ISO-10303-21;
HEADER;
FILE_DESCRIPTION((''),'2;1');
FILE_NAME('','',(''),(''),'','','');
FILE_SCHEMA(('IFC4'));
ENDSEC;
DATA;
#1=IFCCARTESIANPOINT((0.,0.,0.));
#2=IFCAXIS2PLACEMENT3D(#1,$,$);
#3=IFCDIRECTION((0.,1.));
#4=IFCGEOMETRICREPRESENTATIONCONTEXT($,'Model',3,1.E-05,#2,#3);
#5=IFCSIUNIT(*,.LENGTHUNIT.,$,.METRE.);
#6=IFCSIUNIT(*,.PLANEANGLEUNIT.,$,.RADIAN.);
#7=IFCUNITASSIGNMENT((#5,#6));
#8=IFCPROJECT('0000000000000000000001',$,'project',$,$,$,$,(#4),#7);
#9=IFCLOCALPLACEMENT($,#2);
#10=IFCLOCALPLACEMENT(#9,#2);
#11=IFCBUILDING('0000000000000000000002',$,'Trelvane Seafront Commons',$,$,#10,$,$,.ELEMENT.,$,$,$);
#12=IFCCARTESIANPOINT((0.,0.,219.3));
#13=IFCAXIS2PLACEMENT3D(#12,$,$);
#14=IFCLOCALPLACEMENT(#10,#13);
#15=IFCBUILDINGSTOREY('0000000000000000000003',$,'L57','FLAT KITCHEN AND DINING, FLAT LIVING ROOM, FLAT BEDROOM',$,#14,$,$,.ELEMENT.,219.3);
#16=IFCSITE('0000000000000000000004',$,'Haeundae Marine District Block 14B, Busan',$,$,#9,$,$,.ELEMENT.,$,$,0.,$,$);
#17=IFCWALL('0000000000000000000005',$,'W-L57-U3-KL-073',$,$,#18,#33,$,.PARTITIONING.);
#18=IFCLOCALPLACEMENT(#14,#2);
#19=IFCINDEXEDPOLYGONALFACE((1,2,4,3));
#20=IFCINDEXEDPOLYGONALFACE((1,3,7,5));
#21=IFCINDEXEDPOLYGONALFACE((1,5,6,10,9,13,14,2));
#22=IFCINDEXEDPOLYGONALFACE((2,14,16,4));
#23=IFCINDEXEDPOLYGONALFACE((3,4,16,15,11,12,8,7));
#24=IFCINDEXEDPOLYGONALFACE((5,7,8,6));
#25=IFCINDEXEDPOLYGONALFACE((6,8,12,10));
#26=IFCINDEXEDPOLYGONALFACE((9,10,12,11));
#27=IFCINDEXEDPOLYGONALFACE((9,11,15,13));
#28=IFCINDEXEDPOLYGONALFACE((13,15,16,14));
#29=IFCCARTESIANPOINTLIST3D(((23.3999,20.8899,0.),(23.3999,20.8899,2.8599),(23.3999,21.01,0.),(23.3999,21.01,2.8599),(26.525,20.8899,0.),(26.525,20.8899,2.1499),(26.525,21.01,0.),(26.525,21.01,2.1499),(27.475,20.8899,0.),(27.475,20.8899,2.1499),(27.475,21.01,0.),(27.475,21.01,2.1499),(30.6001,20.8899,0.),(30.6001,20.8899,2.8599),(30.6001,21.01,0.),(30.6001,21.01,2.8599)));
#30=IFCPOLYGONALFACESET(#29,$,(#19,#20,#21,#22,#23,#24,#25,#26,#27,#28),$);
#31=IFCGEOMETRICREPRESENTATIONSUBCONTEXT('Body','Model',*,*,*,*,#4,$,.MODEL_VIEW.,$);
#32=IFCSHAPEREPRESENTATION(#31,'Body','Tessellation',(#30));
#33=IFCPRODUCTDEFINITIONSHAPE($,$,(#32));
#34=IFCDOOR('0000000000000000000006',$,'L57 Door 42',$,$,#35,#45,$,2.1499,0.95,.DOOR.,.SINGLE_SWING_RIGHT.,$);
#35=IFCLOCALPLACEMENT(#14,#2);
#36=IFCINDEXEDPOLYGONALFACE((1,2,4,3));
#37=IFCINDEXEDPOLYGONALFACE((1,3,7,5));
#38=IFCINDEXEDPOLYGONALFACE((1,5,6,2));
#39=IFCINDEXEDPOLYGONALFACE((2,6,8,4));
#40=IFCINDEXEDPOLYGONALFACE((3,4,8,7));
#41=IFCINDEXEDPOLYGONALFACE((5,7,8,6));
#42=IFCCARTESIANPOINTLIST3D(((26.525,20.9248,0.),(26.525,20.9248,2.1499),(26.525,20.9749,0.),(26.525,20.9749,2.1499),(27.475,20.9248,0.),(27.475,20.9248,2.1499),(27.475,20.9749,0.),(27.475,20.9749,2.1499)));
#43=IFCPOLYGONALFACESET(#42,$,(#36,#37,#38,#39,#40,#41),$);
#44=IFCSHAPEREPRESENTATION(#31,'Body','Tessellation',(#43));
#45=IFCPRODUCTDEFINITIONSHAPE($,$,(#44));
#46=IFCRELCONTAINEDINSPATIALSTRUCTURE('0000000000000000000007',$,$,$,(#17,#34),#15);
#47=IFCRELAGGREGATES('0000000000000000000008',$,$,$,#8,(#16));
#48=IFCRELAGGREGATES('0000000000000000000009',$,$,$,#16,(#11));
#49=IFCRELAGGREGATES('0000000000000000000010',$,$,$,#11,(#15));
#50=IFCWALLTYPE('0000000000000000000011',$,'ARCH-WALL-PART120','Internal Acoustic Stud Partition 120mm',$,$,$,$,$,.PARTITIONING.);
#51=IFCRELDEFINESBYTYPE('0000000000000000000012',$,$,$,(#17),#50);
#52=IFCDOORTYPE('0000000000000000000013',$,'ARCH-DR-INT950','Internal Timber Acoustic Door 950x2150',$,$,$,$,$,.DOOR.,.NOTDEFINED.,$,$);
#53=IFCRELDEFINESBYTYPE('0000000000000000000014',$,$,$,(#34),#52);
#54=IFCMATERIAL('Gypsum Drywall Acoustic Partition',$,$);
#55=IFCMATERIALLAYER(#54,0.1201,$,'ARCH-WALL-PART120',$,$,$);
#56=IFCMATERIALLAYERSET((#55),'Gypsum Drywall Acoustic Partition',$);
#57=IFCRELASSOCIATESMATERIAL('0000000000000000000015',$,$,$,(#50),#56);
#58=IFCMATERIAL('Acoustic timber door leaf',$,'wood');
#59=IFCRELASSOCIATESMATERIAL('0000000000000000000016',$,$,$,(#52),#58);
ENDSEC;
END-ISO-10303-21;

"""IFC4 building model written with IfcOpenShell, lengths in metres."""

from ifc_helpers import new_model, si_unit, direction, frame, frame_2d, origin, place, context, subcontext, project, spatial, rectangle, extrude, source, transform, mapped, material, layer, layer_set, type_object, element, fill, save


model = new_model("IFC4")

# Units and contexts
model_context = context("Model", 3, precision=1e-05, world=origin(), true_north=direction((0.0, 1.0)))
body_context = subcontext(model_context, "Body", "Model", "MODEL_VIEW")
ifc_project = project(units=[si_unit("LENGTHUNIT", "METRE"), si_unit("PLANEANGLEUNIT", "RADIAN")], contexts=[model_context])

# Site, building, storey
site_placement = place(None, origin())
site = spatial("IfcSite", under=ifc_project, at=site_placement, Name="Haeundae Marine District Block 14B, Busan", CompositionType="ELEMENT", RefElevation=0.0)
building_placement = place(site_placement, origin())
building = spatial("IfcBuilding", under=site, at=building_placement, Name="Trelvane Seafront Commons", CompositionType="ELEMENT")
storey_placement = place(building_placement, frame((0.0, 0.0, 219.3)))
storey = spatial("IfcBuildingStorey", under=building, at=storey_placement, Name="L57", Description="FLAT KITCHEN AND DINING, FLAT LIVING ROOM, FLAT BEDROOM", CompositionType="ELEMENT", Elevation=219.3)

# Wall, opening, door
ifc_material_1 = material(Name="Gypsum Drywall Acoustic Partition")
ifc_layer = layer(ifc_material_1, 0.1201, Name="ARCH-WALL-PART120")
ifc_layer_set = layer_set([ifc_layer], Name="Gypsum Drywall Acoustic Partition")
wall_type = type_object("IfcWallType", Name="ARCH-WALL-PART120", Description="Internal Acoustic Stud Partition 120mm", PredefinedType="PARTITIONING", material=ifc_layer_set)
wall_1_placement = place(storey_placement, frame((23.3999, 20.95, 0.0), z_axis=(0.0, 0.0, 1.0), x_axis=(1.0, 0.0, 0.0)))
wall_1 = element("IfcWall", 1, at=wall_1_placement, inside=storey, type_object=wall_type, Name="W-L57-U3-KL-073", PredefinedType="PARTITIONING", context=body_context, shape_type="SweptSolid", body=[
    extrude(rectangle(XDim=7.2002, YDim=0.1201, at=frame_2d((3.6001, 0.0))), origin(), (0.0, 0.0, 1.0), 2.8599),
])
opening_1_placement = place(wall_1_placement, frame((3.125, 0.0, 0.0)))
opening_1 = element("IfcOpeningElement", 2, at=opening_1_placement, cuts=wall_1, PredefinedType="OPENING", context=body_context, shape_type="SweptSolid", body=[
    extrude(rectangle(XDim=0.95, YDim=2.1499, at=frame_2d((0.4751, 1.075))), frame((0.0, 0.0701, 0.0), z_axis=(0.0, -1.0, 0.0), x_axis=(1.0, 0.0, 0.0)), (0.0, 0.0, 1.0), 0.1401),
])
ifc_material_2 = material(Name="Acoustic timber door leaf", Category="wood")
door_type = type_object("IfcDoorType", Name="ARCH-DR-INT950", Description="Internal Timber Acoustic Door 950x2150", OperationType="NOTDEFINED", PredefinedType="DOOR", material=ifc_material_2)
shared_shape_1 = source(origin(), body_context, "Body", "SweptSolid", [
    extrude(rectangle(XDim=0.95, YDim=2.1499, at=frame_2d((0.4751, 1.075))), frame((0.0, 0.0249, 0.0), z_axis=(0.0, -1.0, 0.0), x_axis=(1.0, 0.0, 0.0)), (0.0, 0.0, 1.0), 0.05),
])
door_1_placement = place(opening_1_placement, origin())
door_1 = element("IfcDoor", 3, at=door_1_placement, inside=storey, type_object=door_type, Name="L57 Door 42", OperationType="SINGLE_SWING_RIGHT", OverallHeight=2.1499, OverallWidth=0.95, PredefinedType="DOOR", context=body_context, shape_type="MappedRepresentation", body=[
    mapped(shared_shape_1, transform((0.0, 0.0, 0.0), x_axis=(1.0, 0.0, 0.0), y_axis=(0.0, 1.0, 0.0), z_axis=(0.0, 0.0, 1.0), scale=1.0)),
])
fill(opening_1, door_1)

save(model, "model.ifc")
